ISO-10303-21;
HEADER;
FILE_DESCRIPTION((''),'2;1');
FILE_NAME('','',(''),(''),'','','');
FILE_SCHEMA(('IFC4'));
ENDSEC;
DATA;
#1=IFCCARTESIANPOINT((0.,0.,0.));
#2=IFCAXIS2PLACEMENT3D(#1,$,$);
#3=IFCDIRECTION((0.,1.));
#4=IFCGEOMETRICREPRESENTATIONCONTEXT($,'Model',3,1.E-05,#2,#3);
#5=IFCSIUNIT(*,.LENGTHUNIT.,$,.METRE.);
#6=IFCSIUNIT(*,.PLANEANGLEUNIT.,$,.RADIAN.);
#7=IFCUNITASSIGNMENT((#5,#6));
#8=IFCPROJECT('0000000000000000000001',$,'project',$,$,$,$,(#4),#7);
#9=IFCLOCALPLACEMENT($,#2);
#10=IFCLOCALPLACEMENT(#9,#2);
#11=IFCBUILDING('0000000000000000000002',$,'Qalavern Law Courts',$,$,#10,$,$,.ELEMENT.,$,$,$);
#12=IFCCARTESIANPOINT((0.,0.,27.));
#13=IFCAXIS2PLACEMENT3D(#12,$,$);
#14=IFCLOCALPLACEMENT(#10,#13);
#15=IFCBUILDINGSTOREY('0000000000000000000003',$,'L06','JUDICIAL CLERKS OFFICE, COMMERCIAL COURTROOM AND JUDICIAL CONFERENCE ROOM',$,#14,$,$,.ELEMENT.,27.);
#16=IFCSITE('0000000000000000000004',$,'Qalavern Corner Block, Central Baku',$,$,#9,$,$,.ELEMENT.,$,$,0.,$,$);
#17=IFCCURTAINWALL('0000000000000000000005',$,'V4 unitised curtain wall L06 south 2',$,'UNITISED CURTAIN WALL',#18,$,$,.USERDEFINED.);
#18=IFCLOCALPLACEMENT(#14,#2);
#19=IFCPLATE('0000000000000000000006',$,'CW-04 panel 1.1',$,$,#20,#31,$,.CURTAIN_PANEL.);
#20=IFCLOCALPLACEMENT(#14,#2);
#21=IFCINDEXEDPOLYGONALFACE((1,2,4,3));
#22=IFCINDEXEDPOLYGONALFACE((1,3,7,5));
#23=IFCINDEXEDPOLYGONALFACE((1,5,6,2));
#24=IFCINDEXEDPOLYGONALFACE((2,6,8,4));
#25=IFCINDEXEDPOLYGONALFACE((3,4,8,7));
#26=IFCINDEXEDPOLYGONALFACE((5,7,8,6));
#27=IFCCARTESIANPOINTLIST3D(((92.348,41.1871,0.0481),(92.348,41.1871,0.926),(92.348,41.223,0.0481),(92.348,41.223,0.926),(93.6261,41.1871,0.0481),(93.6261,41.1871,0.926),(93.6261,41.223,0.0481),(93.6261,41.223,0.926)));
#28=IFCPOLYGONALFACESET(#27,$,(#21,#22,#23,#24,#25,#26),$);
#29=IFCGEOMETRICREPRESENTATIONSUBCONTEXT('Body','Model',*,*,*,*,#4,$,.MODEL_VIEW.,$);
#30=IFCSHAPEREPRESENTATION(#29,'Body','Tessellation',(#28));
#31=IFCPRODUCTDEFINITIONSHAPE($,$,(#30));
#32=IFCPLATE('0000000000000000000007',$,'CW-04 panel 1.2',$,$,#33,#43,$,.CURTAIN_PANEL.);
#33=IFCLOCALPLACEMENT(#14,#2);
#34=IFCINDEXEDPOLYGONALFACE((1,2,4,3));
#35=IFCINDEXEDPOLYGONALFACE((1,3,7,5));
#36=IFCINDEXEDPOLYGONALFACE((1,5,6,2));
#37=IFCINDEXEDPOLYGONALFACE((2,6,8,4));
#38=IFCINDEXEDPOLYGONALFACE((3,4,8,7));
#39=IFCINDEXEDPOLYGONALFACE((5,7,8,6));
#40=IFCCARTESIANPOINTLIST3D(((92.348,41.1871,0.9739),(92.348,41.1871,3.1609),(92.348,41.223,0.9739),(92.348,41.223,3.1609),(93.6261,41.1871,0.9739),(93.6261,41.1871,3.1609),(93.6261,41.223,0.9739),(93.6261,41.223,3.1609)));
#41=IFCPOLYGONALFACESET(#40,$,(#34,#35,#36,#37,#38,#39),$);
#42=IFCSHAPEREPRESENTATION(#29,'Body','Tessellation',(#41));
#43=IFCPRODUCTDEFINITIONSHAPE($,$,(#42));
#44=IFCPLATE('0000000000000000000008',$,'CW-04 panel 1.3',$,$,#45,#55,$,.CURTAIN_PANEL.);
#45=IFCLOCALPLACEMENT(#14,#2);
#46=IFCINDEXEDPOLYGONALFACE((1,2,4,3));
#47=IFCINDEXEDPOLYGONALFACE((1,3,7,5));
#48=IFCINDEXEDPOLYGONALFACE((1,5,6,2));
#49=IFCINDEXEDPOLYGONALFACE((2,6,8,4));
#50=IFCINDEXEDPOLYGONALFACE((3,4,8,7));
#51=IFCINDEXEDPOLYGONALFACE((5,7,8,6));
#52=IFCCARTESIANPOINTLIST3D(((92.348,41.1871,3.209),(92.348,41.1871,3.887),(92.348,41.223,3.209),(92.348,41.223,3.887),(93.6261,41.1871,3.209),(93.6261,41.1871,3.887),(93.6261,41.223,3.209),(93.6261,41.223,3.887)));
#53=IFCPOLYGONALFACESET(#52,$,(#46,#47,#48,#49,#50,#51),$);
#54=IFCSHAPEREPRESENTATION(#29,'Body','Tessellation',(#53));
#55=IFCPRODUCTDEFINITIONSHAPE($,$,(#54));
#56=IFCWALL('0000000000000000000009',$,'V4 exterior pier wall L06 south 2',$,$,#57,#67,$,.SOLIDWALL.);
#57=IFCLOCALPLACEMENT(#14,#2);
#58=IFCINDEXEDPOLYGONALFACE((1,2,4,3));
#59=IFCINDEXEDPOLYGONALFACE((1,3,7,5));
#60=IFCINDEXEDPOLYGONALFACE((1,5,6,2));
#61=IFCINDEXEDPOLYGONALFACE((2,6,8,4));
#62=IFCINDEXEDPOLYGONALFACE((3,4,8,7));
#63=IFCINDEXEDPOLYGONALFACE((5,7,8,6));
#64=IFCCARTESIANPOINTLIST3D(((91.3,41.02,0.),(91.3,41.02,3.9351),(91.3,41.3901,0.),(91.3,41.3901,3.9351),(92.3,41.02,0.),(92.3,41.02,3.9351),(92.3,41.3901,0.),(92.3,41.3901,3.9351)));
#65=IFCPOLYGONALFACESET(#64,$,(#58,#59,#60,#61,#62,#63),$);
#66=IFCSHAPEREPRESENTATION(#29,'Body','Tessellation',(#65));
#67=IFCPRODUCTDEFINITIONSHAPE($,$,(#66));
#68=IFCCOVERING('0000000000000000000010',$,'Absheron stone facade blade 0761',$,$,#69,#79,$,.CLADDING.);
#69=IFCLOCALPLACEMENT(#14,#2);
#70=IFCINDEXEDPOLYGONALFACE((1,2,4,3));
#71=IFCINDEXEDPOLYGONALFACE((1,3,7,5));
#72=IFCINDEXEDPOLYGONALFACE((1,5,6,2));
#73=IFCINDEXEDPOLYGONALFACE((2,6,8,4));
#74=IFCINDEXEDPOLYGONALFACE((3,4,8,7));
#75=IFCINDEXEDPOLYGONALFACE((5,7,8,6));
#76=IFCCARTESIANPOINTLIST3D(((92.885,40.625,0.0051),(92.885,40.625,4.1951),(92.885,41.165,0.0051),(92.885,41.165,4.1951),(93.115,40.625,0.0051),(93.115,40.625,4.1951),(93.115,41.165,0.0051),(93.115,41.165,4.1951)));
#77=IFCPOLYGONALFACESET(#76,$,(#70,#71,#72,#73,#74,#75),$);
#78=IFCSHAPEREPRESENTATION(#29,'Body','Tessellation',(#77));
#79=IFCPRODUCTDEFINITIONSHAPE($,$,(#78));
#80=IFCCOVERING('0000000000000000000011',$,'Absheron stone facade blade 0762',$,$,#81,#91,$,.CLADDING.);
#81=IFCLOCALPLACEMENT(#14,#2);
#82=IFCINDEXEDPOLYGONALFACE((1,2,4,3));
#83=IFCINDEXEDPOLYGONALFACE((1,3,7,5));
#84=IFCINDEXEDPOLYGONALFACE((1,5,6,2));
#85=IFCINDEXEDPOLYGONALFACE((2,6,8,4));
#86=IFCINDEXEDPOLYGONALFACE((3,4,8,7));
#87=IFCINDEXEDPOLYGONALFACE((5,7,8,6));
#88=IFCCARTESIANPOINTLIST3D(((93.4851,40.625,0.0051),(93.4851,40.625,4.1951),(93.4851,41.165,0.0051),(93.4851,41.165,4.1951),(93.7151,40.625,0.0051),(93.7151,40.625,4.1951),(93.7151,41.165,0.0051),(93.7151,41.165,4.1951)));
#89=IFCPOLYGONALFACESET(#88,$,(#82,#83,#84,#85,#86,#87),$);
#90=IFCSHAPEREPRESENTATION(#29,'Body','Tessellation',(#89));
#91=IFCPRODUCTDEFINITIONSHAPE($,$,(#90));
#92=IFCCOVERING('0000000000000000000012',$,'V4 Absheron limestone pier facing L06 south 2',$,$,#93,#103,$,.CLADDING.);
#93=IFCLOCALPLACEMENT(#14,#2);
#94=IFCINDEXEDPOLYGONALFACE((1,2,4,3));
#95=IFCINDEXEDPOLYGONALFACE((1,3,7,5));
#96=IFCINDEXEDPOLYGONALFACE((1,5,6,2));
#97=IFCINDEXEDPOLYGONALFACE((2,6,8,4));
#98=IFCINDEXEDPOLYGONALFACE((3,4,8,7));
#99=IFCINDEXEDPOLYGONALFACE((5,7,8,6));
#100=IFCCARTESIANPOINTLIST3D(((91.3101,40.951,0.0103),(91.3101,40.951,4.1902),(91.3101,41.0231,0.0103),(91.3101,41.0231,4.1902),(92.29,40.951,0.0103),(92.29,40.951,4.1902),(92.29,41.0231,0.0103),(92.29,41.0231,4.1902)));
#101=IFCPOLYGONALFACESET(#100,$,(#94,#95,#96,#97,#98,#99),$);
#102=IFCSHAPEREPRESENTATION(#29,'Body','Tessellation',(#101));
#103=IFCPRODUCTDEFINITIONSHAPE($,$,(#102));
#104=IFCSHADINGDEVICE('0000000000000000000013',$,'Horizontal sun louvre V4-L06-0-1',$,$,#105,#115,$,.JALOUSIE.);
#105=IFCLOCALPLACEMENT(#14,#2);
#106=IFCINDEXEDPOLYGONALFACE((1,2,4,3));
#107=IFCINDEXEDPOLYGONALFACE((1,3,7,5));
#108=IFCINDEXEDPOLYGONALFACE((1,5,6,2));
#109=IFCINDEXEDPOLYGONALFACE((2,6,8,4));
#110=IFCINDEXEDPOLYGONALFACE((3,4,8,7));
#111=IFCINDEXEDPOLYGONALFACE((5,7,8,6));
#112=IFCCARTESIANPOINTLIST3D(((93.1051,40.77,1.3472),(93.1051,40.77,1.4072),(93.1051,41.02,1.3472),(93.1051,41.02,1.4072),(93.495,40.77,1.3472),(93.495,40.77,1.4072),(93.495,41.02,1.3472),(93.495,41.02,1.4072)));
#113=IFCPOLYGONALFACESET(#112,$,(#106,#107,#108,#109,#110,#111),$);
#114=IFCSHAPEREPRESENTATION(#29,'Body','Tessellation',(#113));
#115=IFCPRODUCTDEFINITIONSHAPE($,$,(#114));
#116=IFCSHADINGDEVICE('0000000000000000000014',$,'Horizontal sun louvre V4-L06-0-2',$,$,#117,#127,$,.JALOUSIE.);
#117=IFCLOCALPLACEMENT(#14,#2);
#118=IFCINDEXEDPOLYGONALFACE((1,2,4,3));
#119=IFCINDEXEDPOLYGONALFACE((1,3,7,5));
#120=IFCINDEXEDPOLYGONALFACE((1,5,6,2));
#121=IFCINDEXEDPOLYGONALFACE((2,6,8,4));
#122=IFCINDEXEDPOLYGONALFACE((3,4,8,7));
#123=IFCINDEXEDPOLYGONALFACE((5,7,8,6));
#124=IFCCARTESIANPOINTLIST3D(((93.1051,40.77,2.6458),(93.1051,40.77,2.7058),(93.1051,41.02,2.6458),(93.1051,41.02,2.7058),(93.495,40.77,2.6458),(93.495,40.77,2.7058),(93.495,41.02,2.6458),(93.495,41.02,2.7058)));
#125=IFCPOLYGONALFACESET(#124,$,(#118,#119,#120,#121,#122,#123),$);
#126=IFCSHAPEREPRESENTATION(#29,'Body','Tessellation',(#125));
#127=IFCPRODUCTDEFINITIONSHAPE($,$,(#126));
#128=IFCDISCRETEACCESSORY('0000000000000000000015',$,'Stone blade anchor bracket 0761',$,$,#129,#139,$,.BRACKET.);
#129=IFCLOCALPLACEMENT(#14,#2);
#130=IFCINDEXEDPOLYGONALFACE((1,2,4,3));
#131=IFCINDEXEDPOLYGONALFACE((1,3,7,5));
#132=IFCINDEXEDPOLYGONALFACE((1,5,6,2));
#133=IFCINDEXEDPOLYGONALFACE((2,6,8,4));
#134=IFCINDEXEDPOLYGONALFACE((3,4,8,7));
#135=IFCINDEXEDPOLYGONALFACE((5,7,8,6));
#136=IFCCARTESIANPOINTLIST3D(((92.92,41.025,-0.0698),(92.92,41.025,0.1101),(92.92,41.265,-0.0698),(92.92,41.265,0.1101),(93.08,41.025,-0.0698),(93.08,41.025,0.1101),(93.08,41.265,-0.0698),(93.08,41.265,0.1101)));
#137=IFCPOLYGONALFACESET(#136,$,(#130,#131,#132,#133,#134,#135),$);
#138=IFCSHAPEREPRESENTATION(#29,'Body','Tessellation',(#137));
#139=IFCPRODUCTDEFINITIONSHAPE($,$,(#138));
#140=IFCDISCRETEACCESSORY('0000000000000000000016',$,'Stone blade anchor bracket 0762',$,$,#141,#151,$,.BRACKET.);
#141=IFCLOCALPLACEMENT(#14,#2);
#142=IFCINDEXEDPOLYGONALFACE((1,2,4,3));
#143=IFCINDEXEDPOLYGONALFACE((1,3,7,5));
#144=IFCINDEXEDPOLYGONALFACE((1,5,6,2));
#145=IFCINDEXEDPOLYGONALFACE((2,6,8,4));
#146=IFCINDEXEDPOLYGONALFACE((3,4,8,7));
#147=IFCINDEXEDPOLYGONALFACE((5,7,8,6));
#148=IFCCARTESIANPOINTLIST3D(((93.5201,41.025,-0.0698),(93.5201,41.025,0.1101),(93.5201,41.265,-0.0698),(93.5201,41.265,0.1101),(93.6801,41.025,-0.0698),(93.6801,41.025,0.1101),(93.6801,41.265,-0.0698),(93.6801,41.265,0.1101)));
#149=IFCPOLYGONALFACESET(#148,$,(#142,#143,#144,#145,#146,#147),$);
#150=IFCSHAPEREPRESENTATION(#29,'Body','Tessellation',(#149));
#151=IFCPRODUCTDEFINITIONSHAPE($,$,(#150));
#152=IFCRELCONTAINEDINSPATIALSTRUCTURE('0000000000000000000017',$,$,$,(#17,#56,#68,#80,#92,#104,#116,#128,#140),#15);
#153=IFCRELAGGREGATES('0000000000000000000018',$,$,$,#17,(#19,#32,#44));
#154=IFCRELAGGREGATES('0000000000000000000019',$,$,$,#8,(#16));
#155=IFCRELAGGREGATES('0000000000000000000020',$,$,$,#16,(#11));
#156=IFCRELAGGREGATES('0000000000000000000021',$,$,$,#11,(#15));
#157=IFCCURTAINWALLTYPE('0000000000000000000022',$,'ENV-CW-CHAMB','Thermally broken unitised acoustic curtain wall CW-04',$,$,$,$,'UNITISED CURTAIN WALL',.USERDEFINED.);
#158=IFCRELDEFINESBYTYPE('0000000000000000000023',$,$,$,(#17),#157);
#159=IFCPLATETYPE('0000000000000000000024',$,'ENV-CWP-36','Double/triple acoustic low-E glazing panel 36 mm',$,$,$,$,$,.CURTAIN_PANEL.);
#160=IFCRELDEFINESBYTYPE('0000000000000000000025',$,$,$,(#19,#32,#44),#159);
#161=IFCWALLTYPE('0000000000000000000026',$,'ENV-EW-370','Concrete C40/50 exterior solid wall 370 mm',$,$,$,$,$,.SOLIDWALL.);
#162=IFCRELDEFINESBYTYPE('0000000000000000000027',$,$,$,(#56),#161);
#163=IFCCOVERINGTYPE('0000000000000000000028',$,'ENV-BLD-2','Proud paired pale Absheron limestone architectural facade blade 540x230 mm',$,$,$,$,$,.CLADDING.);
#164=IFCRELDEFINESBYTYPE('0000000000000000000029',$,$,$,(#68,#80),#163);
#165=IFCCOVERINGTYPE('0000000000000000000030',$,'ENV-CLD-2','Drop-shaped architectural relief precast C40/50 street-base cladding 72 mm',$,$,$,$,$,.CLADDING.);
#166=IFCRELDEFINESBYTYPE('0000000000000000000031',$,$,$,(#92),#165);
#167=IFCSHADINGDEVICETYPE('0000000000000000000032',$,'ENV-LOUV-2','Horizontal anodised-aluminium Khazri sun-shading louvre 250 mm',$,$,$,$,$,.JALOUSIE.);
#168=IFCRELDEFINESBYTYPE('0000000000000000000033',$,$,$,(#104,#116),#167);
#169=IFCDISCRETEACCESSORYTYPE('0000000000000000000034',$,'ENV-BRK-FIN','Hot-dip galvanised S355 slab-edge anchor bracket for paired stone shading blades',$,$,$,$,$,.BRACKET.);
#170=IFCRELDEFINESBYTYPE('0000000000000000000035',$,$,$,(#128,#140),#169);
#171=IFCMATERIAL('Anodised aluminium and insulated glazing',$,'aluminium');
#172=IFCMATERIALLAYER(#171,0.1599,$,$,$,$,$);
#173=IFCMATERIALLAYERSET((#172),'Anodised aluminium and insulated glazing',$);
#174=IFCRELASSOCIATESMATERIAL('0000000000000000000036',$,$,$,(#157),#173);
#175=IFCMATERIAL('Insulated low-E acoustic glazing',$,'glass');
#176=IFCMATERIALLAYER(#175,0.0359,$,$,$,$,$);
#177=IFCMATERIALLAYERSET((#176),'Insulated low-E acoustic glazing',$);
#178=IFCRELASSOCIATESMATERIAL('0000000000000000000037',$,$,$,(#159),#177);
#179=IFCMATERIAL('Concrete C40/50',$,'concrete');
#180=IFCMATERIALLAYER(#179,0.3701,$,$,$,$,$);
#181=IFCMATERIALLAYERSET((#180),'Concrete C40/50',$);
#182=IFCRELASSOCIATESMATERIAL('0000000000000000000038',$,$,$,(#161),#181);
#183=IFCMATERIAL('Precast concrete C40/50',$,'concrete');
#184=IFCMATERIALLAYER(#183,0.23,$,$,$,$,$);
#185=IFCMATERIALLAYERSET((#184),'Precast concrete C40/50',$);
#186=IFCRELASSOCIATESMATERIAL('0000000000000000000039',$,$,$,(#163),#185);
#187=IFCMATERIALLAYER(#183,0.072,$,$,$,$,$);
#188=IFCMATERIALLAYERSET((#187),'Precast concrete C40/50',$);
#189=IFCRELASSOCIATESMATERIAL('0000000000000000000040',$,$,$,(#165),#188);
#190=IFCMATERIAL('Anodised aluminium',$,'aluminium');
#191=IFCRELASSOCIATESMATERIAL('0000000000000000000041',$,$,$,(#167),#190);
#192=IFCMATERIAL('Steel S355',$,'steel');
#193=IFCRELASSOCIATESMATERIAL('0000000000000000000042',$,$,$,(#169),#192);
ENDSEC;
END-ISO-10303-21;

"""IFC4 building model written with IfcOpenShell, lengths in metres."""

from ifc_helpers import new_model, si_unit, direction, frame, frame_2d, origin, origin_2d, place, context, subcontext, project, spatial, rectangle, extrude, material, layer, layer_set, type_object, element, aggregate, save


model = new_model("IFC4")

# Units and contexts
model_context = context("Model", 3, precision=1e-05, world=origin(), true_north=direction((0.0, 1.0)))
body_context = subcontext(model_context, "Body", "Model", "MODEL_VIEW")
ifc_project = project(units=[si_unit("LENGTHUNIT", "METRE"), si_unit("PLANEANGLEUNIT", "RADIAN")], contexts=[model_context])

# Site, building, storey
site_placement = place(None, origin())
site = spatial("IfcSite", under=ifc_project, at=site_placement, Name="Qalavern Corner Block, Central Baku", CompositionType="ELEMENT", RefElevation=0.0)
building_placement = place(site_placement, origin())
building = spatial("IfcBuilding", under=site, at=building_placement, Name="Qalavern Law Courts", CompositionType="ELEMENT")
storey_placement = place(building_placement, frame((0.0, 0.0, 27.0)))
storey = spatial("IfcBuildingStorey", under=building, at=storey_placement, Name="L06", Description="JUDICIAL CLERKS OFFICE, COMMERCIAL COURTROOM AND JUDICIAL CONFERENCE ROOM", CompositionType="ELEMENT", Elevation=27.0)

# Curtain wall
ifc_material_1 = material(Name="Anodised aluminium and insulated glazing", Category="aluminium")
ifc_layer_1 = layer(ifc_material_1, 0.1599)
ifc_layer_set_1 = layer_set([ifc_layer_1], Name="Anodised aluminium and insulated glazing")
curtain_wall_type = type_object("IfcCurtainWallType", Name="ENV-CW-CHAMB", Description="Thermally broken unitised acoustic curtain wall CW-04", ElementType="UNITISED CURTAIN WALL", PredefinedType="USERDEFINED", material=ifc_layer_set_1)
ifc_material_2 = material(Name="Anodised aluminium", Category="aluminium")
curtain_wall_1_placement = place(storey_placement, origin())
curtain_wall_1 = element("IfcCurtainWall", 1, at=curtain_wall_1_placement, inside=storey, type_object=curtain_wall_type, Name="V4 unitised curtain wall L06 south 2", ObjectType="UNITISED CURTAIN WALL", PredefinedType="USERDEFINED")

# Plates
ifc_material_3 = material(Name="Insulated low-E acoustic glazing", Category="glass")
ifc_layer_2 = layer(ifc_material_3, 0.0359)
ifc_layer_set_2 = layer_set([ifc_layer_2], Name="Insulated low-E acoustic glazing")
plate_type_1 = type_object("IfcPlateType", Name="ENV-CWP-36", Description="Double/triple acoustic low-E glazing panel 36 mm", PredefinedType="CURTAIN_PANEL", material=ifc_layer_set_2)
plate_1_placement = place(storey_placement, frame((92.9871, 41.2051, 0.0481), z_axis=(0.0, 0.0, 1.0), x_axis=(1.0, 0.0, 0.0)))
plate_1 = element("IfcPlate", 2, at=plate_1_placement, type_object=plate_type_1, Name="CW-04 panel 1.1", PredefinedType="CURTAIN_PANEL", context=body_context, shape_type="SweptSolid", body=[
    extrude(rectangle(XDim=1.2781, YDim=0.0359, at=origin_2d()), origin(), (0.0, 0.0, 1.0), 0.8779),
])
plate_2_placement = place(storey_placement, frame((92.9871, 41.2051, 0.9739), z_axis=(0.0, 0.0, 1.0), x_axis=(1.0, 0.0, 0.0)))
plate_2 = element("IfcPlate", 3, at=plate_2_placement, type_object=plate_type_1, Name="CW-04 panel 1.2", PredefinedType="CURTAIN_PANEL", context=body_context, shape_type="SweptSolid", body=[
    extrude(rectangle(XDim=1.2781, YDim=0.0359, at=origin_2d()), origin(), (0.0, 0.0, 1.0), 2.187),
])
plate_3_placement = place(storey_placement, frame((92.9871, 41.2051, 3.209), z_axis=(0.0, 0.0, 1.0), x_axis=(1.0, 0.0, 0.0)))
plate_3 = element("IfcPlate", 4, at=plate_3_placement, type_object=plate_type_1, Name="CW-04 panel 1.3", PredefinedType="CURTAIN_PANEL", context=body_context, shape_type="SweptSolid", body=[
    extrude(rectangle(XDim=1.2781, YDim=0.0359, at=origin_2d()), origin(), (0.0, 0.0, 1.0), 0.678),
])
aggregate(curtain_wall_1, [plate_1, plate_2, plate_3])

# Wall
ifc_material_4 = material(Name="Concrete C40/50", Category="concrete")
ifc_layer_3 = layer(ifc_material_4, 0.3701)
ifc_layer_set_3 = layer_set([ifc_layer_3], Name="Concrete C40/50")
wall_type = type_object("IfcWallType", Name="ENV-EW-370", Description="Concrete C40/50 exterior solid wall 370 mm", PredefinedType="SOLIDWALL", material=ifc_layer_set_3)
wall_placement = place(storey_placement, frame((91.3, 41.2051, 0.0), z_axis=(0.0, 0.0, 1.0), x_axis=(1.0, 0.0, 0.0)))
element("IfcWall", 5, at=wall_placement, inside=storey, type_object=wall_type, Name="V4 exterior pier wall L06 south 2", PredefinedType="SOLIDWALL", context=body_context, shape_type="SweptSolid", body=[
    extrude(rectangle(XDim=1.0, YDim=0.3701, at=frame_2d((0.5, 0.0))), origin(), (0.0, 0.0, 1.0), 3.9351),
])

# Coverings
ifc_material_5 = material(Name="Precast concrete C40/50", Category="concrete")
ifc_layer_4 = layer(ifc_material_5, 0.23)
ifc_layer_set_4 = layer_set([ifc_layer_4], Name="Precast concrete C40/50")
covering_type_1 = type_object("IfcCoveringType", Name="ENV-BLD-2", Description="Proud paired pale Absheron limestone architectural facade blade 540x230 mm", PredefinedType="CLADDING", material=ifc_layer_set_4)
for number, where, z_axis, x_axis, name in (
    (6, (93.0, 40.895, 0.0051), (0.0, 0.0, 1.0), (0.0, -1.0, 0.0), "Absheron stone facade blade 0761"),
    (7, (93.6001, 40.895, 0.0051), (0.0, 0.0, 1.0), (0.0, -1.0, 0.0), "Absheron stone facade blade 0762"),
):
    element("IfcCovering", number, at=place(storey_placement, frame(where, z_axis=z_axis, x_axis=x_axis)), inside=storey, type_object=covering_type_1, Name=name, PredefinedType="CLADDING", context=body_context, shape_type="SweptSolid", body=[
        extrude(rectangle(XDim=0.54, YDim=0.23, at=origin_2d()), origin(), (0.0, 0.0, 1.0), 4.1899),
    ])
ifc_layer_5 = layer(ifc_material_5, 0.072)
ifc_layer_set_5 = layer_set([ifc_layer_5], Name="Precast concrete C40/50")
covering_type_2 = type_object("IfcCoveringType", Name="ENV-CLD-2", Description="Drop-shaped architectural relief precast C40/50 street-base cladding 72 mm", PredefinedType="CLADDING", material=ifc_layer_set_5)
covering_placement = place(storey_placement, frame((91.8, 40.9871, 0.0103), z_axis=(0.0, 0.0, 1.0), x_axis=(1.0, 0.0, 0.0)))
element("IfcCovering", 8, at=covering_placement, inside=storey, type_object=covering_type_2, Name="V4 Absheron limestone pier facing L06 south 2", PredefinedType="CLADDING", context=body_context, shape_type="SweptSolid", body=[
    extrude(rectangle(XDim=0.98, YDim=0.072, at=origin_2d()), origin(), (0.0, 0.0, 1.0), 4.1799),
])

# Shading devices
shading_device_type = type_object("IfcShadingDeviceType", Name="ENV-LOUV-2", Description="Horizontal anodised-aluminium Khazri sun-shading louvre 250 mm", PredefinedType="JALOUSIE", material=ifc_material_2)
for number, where, z_axis, x_axis, name in (
    (9, (93.3, 40.895, 1.3472), (0.0, 0.0, 1.0), (1.0, 0.0, 0.0), "Horizontal sun louvre V4-L06-0-1"),
    (10, (93.3, 40.895, 2.6458), (0.0, 0.0, 1.0), (1.0, 0.0, 0.0), "Horizontal sun louvre V4-L06-0-2"),
):
    element("IfcShadingDevice", number, at=place(storey_placement, frame(where, z_axis=z_axis, x_axis=x_axis)), inside=storey, type_object=shading_device_type, Name=name, PredefinedType="JALOUSIE", context=body_context, shape_type="SweptSolid", body=[
        extrude(rectangle(XDim=0.3899, YDim=0.25, at=origin_2d()), origin(), (0.0, 0.0, 1.0), 0.0601),
    ])

# Discrete accessories
ifc_material_6 = material(Name="Steel S355", Category="steel")
discrete_accessory_type = type_object("IfcDiscreteAccessoryType", Name="ENV-BRK-FIN", Description="Hot-dip galvanised S355 slab-edge anchor bracket for paired stone shading blades", PredefinedType="BRACKET", material=ifc_material_6)
for number, where, z_axis, x_axis, name in (
    (11, (93.0, 41.145, -0.0698), (0.0, 0.0, 1.0), (0.0, -1.0, 0.0), "Stone blade anchor bracket 0761"),
    (12, (93.6001, 41.145, -0.0698), (0.0, 0.0, 1.0), (0.0, -1.0, 0.0), "Stone blade anchor bracket 0762"),
):
    element("IfcDiscreteAccessory", number, at=place(storey_placement, frame(where, z_axis=z_axis, x_axis=x_axis)), inside=storey, type_object=discrete_accessory_type, Name=name, PredefinedType="BRACKET", context=body_context, shape_type="SweptSolid", body=[
        extrude(rectangle(XDim=0.24, YDim=0.1599, at=origin_2d()), origin(), (0.0, 0.0, 1.0), 0.1799),
    ])

save(model, "model.ifc")
